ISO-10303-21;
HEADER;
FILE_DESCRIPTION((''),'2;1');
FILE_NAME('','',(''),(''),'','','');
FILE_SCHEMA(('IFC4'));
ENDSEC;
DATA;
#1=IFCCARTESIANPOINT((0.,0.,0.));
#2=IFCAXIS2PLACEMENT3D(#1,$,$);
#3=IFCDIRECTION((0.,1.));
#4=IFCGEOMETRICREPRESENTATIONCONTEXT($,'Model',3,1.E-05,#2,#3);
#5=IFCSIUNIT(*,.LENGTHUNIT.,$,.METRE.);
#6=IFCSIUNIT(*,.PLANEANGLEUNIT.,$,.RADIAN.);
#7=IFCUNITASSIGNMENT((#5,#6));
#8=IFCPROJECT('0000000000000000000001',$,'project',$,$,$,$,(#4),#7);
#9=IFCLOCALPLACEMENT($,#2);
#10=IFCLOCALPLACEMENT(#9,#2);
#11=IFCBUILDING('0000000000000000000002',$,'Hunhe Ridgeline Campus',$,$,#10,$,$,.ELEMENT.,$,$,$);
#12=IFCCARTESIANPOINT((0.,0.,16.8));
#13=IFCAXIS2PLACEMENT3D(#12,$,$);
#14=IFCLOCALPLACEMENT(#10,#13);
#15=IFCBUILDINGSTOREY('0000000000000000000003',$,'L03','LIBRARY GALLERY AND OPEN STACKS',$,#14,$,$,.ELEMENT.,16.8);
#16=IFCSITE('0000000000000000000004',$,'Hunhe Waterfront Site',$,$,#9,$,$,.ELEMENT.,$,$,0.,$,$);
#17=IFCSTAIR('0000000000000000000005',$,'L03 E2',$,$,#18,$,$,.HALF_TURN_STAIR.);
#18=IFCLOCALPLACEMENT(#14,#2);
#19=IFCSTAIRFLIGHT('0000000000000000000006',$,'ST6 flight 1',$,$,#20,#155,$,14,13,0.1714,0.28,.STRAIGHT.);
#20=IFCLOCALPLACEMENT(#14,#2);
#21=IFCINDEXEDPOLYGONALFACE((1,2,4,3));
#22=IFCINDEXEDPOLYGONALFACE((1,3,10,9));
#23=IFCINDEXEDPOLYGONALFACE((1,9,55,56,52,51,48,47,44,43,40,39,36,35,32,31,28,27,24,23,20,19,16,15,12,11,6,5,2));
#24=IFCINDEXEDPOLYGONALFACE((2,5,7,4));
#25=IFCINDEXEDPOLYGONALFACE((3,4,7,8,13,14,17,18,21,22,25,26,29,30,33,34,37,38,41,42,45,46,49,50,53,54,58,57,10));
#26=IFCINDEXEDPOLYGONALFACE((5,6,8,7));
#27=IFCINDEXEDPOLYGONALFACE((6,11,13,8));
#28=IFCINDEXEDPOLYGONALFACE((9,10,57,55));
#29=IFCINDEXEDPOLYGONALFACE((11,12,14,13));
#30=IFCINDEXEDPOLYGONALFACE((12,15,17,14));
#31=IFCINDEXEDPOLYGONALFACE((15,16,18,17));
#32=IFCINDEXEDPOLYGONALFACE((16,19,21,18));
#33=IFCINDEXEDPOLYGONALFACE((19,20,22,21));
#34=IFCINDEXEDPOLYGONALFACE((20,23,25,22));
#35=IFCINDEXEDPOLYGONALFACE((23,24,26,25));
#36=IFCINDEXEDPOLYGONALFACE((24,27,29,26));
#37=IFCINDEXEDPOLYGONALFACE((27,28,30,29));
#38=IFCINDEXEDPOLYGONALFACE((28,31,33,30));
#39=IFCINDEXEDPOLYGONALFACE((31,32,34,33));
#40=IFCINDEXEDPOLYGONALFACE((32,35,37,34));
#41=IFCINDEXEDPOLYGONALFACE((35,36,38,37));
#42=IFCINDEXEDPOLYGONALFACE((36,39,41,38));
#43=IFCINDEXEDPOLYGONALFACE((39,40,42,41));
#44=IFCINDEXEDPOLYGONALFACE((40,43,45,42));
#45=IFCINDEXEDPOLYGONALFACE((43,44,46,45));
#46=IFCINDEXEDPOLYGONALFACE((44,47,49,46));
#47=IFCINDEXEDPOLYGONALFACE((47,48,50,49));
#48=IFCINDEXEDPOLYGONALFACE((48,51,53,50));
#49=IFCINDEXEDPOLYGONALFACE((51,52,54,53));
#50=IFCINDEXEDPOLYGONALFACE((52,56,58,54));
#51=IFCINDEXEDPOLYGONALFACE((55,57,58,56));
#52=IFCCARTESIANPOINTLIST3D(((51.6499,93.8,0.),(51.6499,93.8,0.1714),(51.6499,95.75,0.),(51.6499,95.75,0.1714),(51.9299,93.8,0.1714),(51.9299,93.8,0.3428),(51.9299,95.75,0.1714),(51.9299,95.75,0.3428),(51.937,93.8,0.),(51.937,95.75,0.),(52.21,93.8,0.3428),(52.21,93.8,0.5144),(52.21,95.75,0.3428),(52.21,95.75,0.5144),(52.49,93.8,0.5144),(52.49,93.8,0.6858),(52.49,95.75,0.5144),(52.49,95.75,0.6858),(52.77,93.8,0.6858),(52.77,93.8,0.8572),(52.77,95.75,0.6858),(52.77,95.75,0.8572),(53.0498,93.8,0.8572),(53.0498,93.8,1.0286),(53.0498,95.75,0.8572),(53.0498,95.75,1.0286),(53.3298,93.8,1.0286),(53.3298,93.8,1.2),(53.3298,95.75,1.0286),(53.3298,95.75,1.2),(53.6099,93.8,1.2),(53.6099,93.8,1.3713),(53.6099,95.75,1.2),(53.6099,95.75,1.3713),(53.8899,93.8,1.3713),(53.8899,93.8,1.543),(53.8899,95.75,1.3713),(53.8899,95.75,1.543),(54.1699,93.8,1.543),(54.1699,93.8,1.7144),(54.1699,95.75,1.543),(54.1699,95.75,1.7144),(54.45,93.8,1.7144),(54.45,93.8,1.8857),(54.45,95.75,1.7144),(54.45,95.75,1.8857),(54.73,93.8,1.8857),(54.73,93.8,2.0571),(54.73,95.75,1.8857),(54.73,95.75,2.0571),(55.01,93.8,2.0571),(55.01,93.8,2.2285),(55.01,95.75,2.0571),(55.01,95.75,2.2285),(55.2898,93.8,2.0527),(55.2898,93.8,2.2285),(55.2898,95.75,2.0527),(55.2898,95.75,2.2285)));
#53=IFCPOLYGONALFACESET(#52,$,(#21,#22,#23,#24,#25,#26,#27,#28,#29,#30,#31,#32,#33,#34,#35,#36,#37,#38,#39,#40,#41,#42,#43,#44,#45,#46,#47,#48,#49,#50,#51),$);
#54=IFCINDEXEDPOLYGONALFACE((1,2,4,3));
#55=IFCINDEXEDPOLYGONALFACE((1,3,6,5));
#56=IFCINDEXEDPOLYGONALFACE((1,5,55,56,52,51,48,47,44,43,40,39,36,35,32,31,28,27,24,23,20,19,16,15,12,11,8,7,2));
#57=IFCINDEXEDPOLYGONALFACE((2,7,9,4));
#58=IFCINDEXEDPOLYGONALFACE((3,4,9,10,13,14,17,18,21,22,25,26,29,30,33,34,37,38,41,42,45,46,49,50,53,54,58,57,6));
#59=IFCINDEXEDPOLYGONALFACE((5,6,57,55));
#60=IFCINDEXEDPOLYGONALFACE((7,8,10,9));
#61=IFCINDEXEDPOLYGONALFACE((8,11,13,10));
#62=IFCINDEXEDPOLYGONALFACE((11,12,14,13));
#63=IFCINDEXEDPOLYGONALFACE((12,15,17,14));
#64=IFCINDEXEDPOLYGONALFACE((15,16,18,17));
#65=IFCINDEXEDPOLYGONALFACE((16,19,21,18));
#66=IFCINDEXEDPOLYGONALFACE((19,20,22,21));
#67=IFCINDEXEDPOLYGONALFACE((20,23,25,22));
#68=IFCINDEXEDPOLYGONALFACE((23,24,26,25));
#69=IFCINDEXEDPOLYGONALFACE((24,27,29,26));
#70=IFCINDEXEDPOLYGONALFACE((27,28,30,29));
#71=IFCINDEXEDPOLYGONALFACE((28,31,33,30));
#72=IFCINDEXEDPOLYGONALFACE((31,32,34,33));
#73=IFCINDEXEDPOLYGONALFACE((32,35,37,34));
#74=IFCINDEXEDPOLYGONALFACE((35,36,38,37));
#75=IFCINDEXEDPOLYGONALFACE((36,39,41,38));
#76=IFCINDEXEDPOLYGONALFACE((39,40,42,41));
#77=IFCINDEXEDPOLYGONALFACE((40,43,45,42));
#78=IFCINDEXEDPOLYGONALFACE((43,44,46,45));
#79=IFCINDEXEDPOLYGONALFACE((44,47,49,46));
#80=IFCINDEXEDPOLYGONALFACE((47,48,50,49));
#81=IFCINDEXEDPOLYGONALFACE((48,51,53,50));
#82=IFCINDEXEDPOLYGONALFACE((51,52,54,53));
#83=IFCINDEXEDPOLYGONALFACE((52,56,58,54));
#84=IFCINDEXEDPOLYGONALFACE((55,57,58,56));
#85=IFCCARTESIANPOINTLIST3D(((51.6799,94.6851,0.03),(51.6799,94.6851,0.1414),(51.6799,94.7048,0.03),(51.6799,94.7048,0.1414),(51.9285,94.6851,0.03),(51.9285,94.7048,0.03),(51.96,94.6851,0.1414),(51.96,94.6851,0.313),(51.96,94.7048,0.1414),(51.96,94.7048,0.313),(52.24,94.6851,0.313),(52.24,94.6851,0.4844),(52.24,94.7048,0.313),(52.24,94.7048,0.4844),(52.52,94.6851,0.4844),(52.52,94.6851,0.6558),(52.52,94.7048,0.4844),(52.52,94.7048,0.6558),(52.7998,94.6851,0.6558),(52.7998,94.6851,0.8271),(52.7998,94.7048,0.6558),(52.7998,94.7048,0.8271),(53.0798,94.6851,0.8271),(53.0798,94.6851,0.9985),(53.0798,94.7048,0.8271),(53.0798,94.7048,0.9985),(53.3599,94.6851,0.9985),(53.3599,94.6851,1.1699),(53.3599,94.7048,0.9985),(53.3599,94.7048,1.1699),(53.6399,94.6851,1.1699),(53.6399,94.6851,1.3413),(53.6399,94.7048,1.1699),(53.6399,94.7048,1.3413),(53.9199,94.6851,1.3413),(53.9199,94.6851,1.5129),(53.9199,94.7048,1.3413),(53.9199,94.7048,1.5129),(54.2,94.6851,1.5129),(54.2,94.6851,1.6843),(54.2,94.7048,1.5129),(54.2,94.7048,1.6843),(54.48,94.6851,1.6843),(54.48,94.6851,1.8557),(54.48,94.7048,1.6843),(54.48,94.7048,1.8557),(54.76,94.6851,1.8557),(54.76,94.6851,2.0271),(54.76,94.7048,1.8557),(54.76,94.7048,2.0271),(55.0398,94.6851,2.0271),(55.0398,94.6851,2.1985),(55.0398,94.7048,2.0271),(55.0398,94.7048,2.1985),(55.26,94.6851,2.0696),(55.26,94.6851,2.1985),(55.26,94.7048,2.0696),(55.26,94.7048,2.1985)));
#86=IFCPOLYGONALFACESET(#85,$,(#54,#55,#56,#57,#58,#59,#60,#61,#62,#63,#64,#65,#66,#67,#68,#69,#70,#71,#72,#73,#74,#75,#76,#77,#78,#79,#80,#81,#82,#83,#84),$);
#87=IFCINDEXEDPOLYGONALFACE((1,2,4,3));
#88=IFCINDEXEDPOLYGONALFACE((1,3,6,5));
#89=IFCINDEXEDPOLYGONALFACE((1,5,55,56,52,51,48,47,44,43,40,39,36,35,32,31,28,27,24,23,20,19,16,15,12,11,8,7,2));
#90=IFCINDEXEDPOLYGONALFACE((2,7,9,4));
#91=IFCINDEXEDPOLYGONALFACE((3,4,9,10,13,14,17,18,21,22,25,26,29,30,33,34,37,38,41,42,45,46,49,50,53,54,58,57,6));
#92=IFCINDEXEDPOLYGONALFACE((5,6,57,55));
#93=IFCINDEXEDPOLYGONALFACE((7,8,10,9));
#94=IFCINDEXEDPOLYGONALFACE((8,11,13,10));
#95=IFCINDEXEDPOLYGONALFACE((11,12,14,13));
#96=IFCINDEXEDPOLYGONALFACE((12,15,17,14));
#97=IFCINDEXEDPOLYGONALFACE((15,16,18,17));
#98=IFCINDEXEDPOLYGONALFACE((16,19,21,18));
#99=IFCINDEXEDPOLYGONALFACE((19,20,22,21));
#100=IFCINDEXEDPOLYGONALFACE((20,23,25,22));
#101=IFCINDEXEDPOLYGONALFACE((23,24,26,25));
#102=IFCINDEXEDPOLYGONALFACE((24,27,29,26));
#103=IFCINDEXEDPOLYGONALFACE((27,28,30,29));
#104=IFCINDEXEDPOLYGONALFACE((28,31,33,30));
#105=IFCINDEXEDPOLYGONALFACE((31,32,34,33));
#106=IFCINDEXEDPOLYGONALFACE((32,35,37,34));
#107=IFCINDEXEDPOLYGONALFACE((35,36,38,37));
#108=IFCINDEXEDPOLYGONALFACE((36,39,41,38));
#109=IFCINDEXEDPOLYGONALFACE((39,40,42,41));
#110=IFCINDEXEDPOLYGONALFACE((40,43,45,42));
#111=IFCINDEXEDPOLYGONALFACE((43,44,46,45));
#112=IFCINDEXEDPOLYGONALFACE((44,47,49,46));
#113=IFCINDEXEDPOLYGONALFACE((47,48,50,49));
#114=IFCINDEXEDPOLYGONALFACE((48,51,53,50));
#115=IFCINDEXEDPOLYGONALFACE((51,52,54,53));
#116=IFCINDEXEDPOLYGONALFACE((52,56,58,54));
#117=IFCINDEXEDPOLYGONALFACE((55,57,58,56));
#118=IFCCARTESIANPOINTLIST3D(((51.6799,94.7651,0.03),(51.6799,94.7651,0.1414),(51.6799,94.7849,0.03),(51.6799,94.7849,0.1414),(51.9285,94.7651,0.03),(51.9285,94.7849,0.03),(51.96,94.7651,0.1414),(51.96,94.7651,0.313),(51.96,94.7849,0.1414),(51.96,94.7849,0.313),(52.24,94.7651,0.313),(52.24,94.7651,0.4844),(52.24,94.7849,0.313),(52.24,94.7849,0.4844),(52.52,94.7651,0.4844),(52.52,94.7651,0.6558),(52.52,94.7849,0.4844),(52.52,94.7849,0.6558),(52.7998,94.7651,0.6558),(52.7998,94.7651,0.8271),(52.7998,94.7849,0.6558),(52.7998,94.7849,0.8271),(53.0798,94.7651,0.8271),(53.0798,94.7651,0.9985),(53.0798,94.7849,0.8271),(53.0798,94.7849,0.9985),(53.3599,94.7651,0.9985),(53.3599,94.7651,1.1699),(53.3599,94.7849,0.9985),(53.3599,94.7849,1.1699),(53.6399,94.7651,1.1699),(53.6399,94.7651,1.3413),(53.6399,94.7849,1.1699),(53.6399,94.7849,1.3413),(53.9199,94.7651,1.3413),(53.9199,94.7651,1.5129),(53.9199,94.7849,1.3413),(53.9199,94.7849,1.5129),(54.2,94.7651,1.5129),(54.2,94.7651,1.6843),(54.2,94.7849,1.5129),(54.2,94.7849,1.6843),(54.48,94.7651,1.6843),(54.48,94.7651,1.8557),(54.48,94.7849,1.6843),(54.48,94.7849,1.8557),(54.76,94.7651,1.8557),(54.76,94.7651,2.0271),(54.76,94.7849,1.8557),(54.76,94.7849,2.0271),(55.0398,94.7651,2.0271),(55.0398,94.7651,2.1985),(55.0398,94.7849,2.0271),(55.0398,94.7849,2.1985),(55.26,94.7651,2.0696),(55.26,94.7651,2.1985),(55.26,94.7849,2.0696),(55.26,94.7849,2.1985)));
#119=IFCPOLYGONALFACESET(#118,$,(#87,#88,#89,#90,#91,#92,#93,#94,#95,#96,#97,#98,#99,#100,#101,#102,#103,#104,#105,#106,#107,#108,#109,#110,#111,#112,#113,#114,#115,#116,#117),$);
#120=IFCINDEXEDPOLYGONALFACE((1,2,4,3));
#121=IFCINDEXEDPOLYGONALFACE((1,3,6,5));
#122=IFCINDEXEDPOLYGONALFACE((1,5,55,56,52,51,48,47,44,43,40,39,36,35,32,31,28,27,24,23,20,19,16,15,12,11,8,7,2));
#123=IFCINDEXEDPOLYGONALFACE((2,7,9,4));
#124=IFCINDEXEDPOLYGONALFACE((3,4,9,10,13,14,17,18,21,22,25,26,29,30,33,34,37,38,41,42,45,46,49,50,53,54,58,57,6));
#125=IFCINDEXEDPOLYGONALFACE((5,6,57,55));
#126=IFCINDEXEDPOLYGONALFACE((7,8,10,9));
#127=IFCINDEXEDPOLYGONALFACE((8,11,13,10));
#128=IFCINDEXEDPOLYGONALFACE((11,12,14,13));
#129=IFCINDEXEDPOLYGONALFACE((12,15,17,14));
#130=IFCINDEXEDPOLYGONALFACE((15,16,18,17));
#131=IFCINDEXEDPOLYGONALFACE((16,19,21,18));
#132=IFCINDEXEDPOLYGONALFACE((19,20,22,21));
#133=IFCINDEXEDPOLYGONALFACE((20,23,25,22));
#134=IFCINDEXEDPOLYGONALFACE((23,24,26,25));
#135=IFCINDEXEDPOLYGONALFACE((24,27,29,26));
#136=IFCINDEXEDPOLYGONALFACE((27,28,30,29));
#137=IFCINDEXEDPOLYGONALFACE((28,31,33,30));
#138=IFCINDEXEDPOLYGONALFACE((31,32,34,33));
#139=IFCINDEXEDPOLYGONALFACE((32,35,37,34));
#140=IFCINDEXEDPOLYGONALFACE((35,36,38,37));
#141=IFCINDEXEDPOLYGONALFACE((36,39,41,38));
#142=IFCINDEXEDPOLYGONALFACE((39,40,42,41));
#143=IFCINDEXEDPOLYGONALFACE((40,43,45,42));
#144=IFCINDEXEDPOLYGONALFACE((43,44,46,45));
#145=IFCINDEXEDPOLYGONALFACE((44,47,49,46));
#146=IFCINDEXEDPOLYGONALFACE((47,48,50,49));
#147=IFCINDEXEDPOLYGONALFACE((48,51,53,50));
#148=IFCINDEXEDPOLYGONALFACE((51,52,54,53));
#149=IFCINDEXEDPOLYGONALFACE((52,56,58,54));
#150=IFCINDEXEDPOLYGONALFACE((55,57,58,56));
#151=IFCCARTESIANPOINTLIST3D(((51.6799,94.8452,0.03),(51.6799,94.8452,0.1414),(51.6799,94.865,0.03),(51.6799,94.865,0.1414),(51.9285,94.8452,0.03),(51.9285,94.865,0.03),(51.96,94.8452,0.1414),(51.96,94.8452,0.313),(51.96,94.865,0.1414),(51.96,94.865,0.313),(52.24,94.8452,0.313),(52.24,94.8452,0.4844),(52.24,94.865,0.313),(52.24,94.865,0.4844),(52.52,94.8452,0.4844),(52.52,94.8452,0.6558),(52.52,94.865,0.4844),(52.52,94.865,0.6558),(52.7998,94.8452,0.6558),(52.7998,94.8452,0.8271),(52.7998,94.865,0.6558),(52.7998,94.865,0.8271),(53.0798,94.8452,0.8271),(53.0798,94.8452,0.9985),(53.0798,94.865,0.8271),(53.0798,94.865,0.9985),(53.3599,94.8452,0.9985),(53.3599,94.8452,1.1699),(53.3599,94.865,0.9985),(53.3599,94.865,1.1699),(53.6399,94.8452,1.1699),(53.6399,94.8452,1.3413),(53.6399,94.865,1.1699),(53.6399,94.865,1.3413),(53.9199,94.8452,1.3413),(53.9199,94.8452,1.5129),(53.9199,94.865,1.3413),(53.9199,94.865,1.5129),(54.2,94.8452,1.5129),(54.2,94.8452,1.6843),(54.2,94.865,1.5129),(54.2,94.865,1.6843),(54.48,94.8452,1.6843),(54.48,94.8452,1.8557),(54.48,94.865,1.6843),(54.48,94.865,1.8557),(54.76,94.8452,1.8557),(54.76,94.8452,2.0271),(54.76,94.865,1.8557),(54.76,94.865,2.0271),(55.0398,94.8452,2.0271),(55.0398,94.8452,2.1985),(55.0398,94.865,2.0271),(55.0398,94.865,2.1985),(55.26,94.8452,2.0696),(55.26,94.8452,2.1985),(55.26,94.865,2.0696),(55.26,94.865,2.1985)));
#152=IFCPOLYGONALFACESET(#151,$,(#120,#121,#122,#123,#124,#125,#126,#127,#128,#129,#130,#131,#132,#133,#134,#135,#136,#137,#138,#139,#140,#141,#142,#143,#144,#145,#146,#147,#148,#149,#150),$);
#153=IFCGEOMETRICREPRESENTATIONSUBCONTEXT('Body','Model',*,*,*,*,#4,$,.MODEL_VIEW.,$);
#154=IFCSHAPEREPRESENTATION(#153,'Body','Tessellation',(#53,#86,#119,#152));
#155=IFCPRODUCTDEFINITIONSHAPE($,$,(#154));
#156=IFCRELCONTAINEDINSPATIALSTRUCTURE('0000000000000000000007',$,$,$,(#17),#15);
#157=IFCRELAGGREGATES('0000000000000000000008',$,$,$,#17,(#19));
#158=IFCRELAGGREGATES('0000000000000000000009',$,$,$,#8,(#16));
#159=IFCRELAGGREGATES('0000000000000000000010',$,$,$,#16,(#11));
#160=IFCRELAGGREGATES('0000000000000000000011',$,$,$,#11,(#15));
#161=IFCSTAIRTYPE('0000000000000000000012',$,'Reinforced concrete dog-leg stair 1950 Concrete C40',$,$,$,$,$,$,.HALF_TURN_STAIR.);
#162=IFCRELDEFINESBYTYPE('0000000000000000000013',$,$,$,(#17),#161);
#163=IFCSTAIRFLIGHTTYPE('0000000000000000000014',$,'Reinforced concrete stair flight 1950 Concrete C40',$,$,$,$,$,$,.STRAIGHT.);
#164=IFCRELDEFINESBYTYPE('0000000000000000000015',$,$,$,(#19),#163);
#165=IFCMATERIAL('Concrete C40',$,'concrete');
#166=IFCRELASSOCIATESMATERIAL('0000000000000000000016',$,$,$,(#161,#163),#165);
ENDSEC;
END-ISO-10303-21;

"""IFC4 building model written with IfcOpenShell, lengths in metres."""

from ifc_helpers import new_model, si_unit, direction, frame, origin, place, context, subcontext, project, spatial, polyline, outline, extrude, material, type_object, element, aggregate, save


model = new_model("IFC4")

# Units and contexts
model_context = context("Model", 3, precision=1e-05, world=origin(), true_north=direction((0.0, 1.0)))
body_context = subcontext(model_context, "Body", "Model", "MODEL_VIEW")
ifc_project = project(units=[si_unit("LENGTHUNIT", "METRE"), si_unit("PLANEANGLEUNIT", "RADIAN")], contexts=[model_context])

# Site, building, storey
site_placement = place(None, origin())
site = spatial("IfcSite", under=ifc_project, at=site_placement, Name="Hunhe Waterfront Site", CompositionType="ELEMENT", RefElevation=0.0)
building_placement = place(site_placement, origin())
building = spatial("IfcBuilding", under=site, at=building_placement, Name="Hunhe Ridgeline Campus", CompositionType="ELEMENT")
storey_placement = place(building_placement, frame((0.0, 0.0, 16.8)))
storey = spatial("IfcBuildingStorey", under=building, at=storey_placement, Name="L03", Description="LIBRARY GALLERY AND OPEN STACKS", CompositionType="ELEMENT", Elevation=16.8)

# Stair, stair flight
ifc_material_1 = material(Name="Concrete C40", Category="concrete")
stair_type = type_object("IfcStairType", Name="Reinforced concrete dog-leg stair 1950 Concrete C40", PredefinedType="HALF_TURN_STAIR", material=ifc_material_1)
stair_placement = place(storey_placement, origin())
stair = element("IfcStair", 1, at=stair_placement, inside=storey, type_object=stair_type, Name="L03 E2", PredefinedType="HALF_TURN_STAIR")
stair_flight_type = type_object("IfcStairFlightType", Name="Reinforced concrete stair flight 1950 Concrete C40", PredefinedType="STRAIGHT", material=ifc_material_1)
stair_flight_1_placement = place(storey_placement, frame((51.6499, 94.7749, 0.0), z_axis=(0.0, 0.0, 1.0), x_axis=(1.0, 0.0, 0.0)))
stair_flight_1 = element("IfcStairFlight", 2, at=stair_flight_1_placement, type_object=stair_flight_type, Name="ST6 flight 1", NumberOfRisers=14, NumberOfTreads=13, PredefinedType="STRAIGHT", RiserHeight=0.1714, TreadLength=0.28, context=body_context, shape_type="SweptSolid", body=[
    extrude(outline(polyline([(0.0, 0.0), (0.0, 0.1714), (0.28, 0.1714), (0.28, 0.3428), (0.5601, 0.3428), (0.5601, 0.5144), (0.8401, 0.5144), (0.8401, 0.6858), (1.1201, 0.6858), (1.1201, 0.8572), (1.3999, 0.8572), (1.3999, 1.0286), (1.6799, 1.0286), (1.6799, 1.2), (1.96, 1.2), (1.96, 1.3713), (2.24, 1.3713), (2.24, 1.543), (2.52, 1.543), (2.52, 1.7144), (2.8, 1.7144), (2.8, 1.8857), (3.0801, 1.8857), (3.0801, 2.0571), (3.3601, 2.0571), (3.3601, 2.2285), (3.6399, 2.2285), (3.6399, 2.3999), (3.6399, 2.0527), (0.2871, 0.0), (0.0, 0.0)])), frame((0.0, 0.9751, 0.0), z_axis=(0.0, -1.0, 0.0), x_axis=(1.0, 0.0, 0.0)), (0.0, 0.0, 1.0), 1.95),
    extrude(outline(polyline([(0.03, 0.03), (0.03, 0.1414), (0.3101, 0.1414), (0.3101, 0.313), (0.5901, 0.313), (0.5901, 0.4844), (0.8701, 0.4844), (0.8701, 0.6558), (1.1499, 0.6558), (1.1499, 0.8271), (1.4299, 0.8271), (1.4299, 0.9985), (1.71, 0.9985), (1.71, 1.1699), (1.99, 1.1699), (1.99, 1.3413), (2.27, 1.3413), (2.27, 1.5129), (2.55, 1.5129), (2.55, 1.6843), (2.8301, 1.6843), (2.8301, 1.8557), (3.1101, 1.8557), (3.1101, 2.0271), (3.3899, 2.0271), (3.3899, 2.1985), (3.6101, 2.1985), (3.6101, 2.0696), (0.2786, 0.03), (0.03, 0.03)])), frame((0.0, -0.0701, 0.0), z_axis=(0.0, -1.0, 0.0), x_axis=(1.0, 0.0, 0.0)), (0.0, 0.0, 1.0), 0.0198),
    extrude(outline(polyline([(0.03, 0.03), (0.03, 0.1414), (0.3101, 0.1414), (0.3101, 0.313), (0.5901, 0.313), (0.5901, 0.4844), (0.8701, 0.4844), (0.8701, 0.6558), (1.1499, 0.6558), (1.1499, 0.8271), (1.4299, 0.8271), (1.4299, 0.9985), (1.71, 0.9985), (1.71, 1.1699), (1.99, 1.1699), (1.99, 1.3413), (2.27, 1.3413), (2.27, 1.5129), (2.55, 1.5129), (2.55, 1.6843), (2.8301, 1.6843), (2.8301, 1.8557), (3.1101, 1.8557), (3.1101, 2.0271), (3.3899, 2.0271), (3.3899, 2.1985), (3.6101, 2.1985), (3.6101, 2.0696), (0.2786, 0.03), (0.03, 0.03)])), frame((0.0, 0.01, 0.0), z_axis=(0.0, -1.0, 0.0), x_axis=(1.0, 0.0, 0.0)), (0.0, 0.0, 1.0), 0.0198),
    extrude(outline(polyline([(0.03, 0.03), (0.03, 0.1414), (0.3101, 0.1414), (0.3101, 0.313), (0.5901, 0.313), (0.5901, 0.4844), (0.8701, 0.4844), (0.8701, 0.6558), (1.1499, 0.6558), (1.1499, 0.8271), (1.4299, 0.8271), (1.4299, 0.9985), (1.71, 0.9985), (1.71, 1.1699), (1.99, 1.1699), (1.99, 1.3413), (2.27, 1.3413), (2.27, 1.5129), (2.55, 1.5129), (2.55, 1.6843), (2.8301, 1.6843), (2.8301, 1.8557), (3.1101, 1.8557), (3.1101, 2.0271), (3.3899, 2.0271), (3.3899, 2.1985), (3.6101, 2.1985), (3.6101, 2.0696), (0.2786, 0.03), (0.03, 0.03)])), frame((0.0, 0.0901, 0.0), z_axis=(0.0, -1.0, 0.0), x_axis=(1.0, 0.0, 0.0)), (0.0, 0.0, 1.0), 0.0198),
])
aggregate(stair, [stair_flight_1])

save(model, "model.ifc")
